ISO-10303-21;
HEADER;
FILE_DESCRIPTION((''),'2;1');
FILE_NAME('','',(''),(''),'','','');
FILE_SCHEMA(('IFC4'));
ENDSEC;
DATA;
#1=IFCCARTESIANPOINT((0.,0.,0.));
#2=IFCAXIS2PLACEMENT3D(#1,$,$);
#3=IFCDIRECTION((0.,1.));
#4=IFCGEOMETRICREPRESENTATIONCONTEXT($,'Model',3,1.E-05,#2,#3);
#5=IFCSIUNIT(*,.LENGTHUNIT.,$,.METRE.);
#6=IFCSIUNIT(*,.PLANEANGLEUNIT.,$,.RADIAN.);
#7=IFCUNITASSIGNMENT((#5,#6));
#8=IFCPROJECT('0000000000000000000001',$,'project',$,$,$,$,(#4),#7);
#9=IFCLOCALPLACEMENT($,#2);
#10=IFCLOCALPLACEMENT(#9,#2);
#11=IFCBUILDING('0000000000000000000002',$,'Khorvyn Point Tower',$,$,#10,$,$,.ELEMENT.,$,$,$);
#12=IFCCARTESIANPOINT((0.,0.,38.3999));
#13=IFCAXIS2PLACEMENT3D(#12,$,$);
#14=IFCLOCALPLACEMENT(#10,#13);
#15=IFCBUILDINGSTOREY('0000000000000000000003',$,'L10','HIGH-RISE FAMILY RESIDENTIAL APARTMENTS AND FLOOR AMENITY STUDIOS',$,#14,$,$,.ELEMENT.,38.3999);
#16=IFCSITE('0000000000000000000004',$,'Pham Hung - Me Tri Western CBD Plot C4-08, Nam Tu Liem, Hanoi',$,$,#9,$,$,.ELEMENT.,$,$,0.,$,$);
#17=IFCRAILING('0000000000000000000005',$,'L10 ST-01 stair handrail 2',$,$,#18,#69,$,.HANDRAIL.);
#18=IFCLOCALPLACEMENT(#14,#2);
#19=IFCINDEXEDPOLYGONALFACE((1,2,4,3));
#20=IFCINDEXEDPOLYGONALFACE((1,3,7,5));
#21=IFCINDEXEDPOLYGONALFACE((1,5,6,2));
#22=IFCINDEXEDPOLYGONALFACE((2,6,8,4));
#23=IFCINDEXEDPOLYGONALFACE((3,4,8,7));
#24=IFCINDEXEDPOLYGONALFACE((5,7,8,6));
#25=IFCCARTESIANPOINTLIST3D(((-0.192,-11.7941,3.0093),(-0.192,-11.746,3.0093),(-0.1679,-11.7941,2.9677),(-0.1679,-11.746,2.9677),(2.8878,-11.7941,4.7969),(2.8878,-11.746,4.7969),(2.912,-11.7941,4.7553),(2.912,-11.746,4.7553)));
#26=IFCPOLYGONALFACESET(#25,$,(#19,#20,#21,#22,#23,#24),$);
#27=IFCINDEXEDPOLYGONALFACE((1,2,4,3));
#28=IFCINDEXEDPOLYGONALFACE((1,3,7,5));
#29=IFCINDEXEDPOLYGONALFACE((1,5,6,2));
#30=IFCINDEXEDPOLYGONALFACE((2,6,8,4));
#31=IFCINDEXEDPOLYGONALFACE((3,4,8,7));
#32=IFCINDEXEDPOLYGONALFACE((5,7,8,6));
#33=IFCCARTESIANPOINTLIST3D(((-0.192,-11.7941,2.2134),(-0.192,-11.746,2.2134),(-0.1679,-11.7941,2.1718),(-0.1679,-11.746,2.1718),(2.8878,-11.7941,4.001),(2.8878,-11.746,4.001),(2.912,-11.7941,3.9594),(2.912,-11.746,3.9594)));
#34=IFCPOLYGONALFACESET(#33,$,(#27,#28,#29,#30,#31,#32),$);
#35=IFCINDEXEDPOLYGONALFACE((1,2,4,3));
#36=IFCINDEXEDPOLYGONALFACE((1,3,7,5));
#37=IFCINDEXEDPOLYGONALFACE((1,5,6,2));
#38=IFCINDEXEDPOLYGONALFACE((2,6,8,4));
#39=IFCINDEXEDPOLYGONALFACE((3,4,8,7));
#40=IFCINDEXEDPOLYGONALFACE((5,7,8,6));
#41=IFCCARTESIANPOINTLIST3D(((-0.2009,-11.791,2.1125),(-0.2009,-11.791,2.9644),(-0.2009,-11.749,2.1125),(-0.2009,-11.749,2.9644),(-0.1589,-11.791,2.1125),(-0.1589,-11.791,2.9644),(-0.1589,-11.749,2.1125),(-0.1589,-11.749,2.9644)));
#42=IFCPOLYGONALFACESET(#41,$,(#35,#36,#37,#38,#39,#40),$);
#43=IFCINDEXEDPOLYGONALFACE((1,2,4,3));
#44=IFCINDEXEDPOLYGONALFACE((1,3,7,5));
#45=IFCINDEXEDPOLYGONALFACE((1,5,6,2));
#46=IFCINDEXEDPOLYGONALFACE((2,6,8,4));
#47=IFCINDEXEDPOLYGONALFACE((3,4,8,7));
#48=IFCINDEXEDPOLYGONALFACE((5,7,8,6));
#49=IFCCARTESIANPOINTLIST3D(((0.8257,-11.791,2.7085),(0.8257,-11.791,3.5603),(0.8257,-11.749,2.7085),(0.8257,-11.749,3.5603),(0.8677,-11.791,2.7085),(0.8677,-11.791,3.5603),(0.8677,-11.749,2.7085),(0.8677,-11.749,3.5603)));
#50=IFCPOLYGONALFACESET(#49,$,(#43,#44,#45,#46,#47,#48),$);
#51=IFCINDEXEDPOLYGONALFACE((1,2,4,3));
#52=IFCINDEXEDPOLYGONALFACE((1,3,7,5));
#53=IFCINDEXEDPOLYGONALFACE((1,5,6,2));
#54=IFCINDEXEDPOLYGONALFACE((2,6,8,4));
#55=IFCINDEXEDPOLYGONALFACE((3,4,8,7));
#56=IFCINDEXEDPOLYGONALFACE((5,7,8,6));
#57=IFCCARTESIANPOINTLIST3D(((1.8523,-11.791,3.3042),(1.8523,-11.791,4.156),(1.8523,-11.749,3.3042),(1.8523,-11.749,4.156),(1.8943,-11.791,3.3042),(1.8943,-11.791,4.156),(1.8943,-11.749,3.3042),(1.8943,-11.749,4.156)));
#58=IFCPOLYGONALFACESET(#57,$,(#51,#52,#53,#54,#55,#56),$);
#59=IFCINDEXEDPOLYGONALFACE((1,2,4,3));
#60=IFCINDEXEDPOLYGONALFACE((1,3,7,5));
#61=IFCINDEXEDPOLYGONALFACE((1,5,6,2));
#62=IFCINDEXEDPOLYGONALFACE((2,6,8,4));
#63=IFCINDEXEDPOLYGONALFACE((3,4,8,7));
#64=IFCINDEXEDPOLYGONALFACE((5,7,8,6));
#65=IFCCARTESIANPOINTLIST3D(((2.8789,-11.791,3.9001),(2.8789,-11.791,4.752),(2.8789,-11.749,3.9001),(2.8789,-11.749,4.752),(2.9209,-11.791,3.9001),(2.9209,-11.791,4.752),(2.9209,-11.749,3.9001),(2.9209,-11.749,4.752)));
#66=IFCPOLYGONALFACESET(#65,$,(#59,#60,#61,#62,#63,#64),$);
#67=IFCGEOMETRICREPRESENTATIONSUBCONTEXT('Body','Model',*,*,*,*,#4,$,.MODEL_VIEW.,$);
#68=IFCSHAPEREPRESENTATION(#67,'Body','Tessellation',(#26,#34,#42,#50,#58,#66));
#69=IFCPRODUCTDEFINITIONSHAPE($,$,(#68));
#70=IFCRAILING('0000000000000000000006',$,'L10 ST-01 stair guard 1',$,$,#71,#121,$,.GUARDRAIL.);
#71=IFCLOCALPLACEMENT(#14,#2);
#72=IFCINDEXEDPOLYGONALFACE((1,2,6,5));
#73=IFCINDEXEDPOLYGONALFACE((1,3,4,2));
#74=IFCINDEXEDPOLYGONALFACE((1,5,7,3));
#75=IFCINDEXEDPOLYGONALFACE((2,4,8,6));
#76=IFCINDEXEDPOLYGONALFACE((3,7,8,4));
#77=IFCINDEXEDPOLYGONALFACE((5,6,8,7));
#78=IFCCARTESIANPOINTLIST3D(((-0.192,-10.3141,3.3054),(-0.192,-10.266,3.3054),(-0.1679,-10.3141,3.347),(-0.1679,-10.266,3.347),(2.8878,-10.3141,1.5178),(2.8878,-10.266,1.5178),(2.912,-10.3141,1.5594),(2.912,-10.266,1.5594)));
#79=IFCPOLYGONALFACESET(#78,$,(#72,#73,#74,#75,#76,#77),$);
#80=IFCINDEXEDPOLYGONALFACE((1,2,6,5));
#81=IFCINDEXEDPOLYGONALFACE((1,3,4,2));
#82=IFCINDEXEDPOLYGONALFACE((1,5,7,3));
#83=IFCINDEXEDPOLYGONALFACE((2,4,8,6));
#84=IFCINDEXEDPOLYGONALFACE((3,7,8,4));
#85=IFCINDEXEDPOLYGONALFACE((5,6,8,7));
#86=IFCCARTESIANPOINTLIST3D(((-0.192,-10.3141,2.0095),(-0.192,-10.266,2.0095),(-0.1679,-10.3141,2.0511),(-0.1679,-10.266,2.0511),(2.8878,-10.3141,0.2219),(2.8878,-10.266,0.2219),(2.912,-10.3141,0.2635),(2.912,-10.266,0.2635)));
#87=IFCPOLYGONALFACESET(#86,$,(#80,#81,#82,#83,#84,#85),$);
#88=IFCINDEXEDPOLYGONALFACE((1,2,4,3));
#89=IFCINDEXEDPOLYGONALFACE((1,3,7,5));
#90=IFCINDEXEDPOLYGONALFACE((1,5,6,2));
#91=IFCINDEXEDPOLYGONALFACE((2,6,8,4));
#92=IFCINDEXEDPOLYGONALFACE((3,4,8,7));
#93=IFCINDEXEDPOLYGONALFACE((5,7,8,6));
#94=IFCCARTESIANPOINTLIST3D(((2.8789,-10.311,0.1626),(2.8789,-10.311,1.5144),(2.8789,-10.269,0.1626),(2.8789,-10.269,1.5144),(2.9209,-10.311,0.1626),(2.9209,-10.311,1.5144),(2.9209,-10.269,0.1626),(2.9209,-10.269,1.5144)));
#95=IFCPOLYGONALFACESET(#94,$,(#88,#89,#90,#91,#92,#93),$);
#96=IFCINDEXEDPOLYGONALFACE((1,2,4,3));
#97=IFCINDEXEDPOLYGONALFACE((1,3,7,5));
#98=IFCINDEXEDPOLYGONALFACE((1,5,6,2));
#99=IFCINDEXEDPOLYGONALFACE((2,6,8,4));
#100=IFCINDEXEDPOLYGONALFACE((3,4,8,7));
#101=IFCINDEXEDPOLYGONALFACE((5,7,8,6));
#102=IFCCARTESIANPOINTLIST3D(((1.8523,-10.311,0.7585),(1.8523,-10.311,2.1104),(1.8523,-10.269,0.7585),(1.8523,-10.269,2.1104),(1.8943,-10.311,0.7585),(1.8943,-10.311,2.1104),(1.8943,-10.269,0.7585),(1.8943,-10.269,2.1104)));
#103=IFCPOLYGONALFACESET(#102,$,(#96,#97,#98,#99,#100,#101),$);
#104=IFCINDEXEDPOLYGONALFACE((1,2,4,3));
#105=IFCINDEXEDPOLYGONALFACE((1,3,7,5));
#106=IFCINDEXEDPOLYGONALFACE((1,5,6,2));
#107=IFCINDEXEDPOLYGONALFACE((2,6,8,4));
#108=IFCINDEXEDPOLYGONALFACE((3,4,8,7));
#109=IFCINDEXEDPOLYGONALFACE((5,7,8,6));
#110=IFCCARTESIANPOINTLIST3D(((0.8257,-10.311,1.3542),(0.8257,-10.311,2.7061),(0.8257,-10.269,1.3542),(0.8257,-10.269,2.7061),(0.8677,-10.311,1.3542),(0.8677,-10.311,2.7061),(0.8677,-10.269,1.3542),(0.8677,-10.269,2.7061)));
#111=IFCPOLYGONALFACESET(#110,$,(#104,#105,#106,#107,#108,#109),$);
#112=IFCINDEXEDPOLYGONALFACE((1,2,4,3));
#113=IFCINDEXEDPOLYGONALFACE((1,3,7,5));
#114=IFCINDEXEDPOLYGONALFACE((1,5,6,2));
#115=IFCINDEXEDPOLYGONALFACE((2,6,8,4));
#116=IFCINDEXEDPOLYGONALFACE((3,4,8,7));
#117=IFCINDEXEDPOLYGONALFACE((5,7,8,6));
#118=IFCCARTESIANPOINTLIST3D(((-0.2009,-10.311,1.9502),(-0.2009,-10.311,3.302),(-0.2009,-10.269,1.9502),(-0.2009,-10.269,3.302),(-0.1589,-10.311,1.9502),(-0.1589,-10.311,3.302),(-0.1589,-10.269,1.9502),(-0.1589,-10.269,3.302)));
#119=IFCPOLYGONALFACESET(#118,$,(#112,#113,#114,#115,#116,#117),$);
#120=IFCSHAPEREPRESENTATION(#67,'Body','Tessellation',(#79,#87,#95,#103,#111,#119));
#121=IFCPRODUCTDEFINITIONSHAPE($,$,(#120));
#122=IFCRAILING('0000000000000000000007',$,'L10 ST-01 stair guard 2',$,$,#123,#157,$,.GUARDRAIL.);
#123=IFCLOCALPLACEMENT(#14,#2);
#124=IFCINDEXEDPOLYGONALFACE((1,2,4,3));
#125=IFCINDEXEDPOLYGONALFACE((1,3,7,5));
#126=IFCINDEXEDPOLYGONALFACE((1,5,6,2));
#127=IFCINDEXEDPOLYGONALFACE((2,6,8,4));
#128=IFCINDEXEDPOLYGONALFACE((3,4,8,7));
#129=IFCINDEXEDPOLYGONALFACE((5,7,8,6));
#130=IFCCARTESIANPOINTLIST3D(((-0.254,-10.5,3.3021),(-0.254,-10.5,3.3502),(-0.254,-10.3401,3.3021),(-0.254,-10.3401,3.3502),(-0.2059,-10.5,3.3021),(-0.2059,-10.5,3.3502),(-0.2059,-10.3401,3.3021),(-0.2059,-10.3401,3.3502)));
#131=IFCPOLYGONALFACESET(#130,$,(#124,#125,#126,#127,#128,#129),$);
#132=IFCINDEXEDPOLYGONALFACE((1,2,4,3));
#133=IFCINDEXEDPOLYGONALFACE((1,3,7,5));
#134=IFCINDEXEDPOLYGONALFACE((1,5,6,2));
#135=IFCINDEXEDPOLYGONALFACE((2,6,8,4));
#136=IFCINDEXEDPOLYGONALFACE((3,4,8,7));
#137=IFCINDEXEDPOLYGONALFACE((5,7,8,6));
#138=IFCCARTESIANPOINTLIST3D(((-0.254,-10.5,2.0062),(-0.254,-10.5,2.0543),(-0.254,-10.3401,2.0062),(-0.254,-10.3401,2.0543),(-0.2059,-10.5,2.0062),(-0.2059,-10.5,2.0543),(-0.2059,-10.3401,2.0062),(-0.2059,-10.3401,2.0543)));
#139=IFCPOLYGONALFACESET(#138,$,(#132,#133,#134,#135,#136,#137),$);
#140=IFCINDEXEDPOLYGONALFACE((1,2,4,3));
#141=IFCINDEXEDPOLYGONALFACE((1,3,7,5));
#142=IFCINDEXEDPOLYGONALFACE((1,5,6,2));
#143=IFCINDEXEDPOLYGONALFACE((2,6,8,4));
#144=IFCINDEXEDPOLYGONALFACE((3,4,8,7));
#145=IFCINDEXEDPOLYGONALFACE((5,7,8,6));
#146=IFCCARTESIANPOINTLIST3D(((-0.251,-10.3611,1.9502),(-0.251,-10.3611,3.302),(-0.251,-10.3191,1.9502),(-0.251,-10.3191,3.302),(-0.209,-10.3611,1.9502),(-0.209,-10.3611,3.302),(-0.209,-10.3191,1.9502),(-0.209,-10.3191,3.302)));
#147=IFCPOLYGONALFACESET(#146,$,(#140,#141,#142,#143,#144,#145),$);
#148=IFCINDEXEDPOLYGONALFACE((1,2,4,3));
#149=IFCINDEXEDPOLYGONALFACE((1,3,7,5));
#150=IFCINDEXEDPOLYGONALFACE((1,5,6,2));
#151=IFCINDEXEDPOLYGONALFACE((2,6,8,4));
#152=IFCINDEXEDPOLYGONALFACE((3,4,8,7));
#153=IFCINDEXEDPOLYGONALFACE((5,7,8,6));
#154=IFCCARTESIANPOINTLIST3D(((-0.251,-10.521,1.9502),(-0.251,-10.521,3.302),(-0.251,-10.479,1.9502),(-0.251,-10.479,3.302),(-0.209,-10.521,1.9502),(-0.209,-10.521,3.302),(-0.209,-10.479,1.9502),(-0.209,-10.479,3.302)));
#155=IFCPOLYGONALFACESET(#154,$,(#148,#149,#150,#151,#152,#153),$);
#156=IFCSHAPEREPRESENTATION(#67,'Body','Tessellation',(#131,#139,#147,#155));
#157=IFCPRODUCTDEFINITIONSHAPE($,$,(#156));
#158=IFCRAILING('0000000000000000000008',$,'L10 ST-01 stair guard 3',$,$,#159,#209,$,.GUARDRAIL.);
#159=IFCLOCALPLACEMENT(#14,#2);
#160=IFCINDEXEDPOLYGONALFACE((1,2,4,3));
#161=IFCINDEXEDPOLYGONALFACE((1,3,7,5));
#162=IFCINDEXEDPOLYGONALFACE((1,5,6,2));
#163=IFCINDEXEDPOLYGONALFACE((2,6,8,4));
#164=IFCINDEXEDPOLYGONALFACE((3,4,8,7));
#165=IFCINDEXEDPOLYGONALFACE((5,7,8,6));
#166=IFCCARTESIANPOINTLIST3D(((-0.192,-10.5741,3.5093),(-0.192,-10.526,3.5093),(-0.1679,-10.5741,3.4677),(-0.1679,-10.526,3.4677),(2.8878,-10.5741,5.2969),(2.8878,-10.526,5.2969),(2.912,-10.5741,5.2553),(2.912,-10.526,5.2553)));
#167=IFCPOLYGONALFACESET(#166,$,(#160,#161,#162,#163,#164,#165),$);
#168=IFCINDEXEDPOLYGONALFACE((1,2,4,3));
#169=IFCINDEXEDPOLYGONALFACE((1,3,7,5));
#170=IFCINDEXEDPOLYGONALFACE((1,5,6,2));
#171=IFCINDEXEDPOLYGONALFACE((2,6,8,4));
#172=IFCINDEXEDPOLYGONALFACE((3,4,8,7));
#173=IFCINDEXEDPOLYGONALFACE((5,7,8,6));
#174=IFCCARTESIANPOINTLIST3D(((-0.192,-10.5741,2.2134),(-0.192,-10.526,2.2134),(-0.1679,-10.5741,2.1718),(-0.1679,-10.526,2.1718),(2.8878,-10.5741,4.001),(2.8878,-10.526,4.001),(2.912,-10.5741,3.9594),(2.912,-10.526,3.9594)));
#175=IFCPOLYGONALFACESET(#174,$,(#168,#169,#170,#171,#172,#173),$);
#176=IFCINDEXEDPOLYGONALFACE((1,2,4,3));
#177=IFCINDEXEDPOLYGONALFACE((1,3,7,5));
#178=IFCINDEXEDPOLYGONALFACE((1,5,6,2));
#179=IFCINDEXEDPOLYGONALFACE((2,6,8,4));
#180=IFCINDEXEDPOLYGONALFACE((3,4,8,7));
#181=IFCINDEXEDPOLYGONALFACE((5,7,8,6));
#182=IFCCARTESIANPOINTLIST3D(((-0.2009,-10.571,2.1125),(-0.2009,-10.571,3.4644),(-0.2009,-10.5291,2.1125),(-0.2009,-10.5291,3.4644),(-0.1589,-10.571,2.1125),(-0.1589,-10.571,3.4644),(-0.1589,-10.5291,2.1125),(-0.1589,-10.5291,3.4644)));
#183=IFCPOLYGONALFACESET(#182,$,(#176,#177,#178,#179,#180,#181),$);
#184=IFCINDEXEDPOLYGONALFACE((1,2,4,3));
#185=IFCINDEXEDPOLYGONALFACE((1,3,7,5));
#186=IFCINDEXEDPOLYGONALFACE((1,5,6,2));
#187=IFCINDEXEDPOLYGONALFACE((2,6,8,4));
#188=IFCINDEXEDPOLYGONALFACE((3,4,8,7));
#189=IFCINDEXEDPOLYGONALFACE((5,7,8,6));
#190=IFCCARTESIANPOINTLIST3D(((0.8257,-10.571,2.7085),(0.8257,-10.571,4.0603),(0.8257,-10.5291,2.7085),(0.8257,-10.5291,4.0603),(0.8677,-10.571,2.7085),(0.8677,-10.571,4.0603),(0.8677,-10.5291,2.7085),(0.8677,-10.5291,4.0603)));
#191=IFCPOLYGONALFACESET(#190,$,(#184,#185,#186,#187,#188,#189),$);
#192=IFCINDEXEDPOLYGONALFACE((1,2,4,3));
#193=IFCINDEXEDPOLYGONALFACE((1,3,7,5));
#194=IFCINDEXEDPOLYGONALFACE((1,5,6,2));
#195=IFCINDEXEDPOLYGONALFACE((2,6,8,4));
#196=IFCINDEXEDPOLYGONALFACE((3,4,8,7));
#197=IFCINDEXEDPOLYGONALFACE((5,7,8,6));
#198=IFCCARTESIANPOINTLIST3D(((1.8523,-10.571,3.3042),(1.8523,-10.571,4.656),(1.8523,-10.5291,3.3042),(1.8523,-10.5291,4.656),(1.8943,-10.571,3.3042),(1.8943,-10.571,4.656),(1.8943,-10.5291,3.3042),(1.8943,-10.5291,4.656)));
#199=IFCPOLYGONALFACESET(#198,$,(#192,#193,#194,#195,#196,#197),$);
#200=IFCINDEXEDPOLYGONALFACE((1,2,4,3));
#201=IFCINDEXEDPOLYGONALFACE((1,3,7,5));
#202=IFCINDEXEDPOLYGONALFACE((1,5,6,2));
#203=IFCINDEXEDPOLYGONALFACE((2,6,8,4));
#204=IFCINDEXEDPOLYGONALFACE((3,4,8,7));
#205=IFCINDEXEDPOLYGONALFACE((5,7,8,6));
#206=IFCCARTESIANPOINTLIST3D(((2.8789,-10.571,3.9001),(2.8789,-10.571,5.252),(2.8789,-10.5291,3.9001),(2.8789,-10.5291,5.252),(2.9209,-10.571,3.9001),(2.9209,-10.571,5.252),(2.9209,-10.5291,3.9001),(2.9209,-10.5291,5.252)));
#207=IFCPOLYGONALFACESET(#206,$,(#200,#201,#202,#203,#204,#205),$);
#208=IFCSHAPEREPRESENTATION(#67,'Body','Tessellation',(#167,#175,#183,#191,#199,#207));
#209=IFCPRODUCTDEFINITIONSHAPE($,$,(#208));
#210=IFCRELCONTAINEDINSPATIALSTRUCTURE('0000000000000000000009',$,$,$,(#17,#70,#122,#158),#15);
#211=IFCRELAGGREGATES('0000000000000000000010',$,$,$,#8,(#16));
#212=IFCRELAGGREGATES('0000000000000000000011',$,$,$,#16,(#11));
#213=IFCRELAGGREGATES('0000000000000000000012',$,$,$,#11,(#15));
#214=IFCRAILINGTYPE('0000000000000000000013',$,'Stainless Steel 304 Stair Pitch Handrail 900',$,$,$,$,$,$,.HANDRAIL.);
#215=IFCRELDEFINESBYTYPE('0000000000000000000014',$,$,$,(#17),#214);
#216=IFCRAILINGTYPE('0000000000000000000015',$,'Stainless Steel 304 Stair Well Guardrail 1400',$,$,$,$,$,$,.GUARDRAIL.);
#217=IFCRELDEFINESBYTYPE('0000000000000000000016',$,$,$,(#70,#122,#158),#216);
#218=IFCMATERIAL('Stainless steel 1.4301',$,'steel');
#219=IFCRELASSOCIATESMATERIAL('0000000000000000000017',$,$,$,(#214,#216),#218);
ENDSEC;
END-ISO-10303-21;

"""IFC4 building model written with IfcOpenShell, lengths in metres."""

from ifc_helpers import new_model, si_unit, direction, frame, origin, origin_2d, place, context, subcontext, project, spatial, rectangle, extrude, material, type_object, element, save


model = new_model("IFC4")

# Units and contexts
model_context = context("Model", 3, precision=1e-05, world=origin(), true_north=direction((0.0, 1.0)))
body_context = subcontext(model_context, "Body", "Model", "MODEL_VIEW")
ifc_project = project(units=[si_unit("LENGTHUNIT", "METRE"), si_unit("PLANEANGLEUNIT", "RADIAN")], contexts=[model_context])

# Site, building, storey
site_placement = place(None, origin())
site = spatial("IfcSite", under=ifc_project, at=site_placement, Name="Pham Hung - Me Tri Western CBD Plot C4-08, Nam Tu Liem, Hanoi", CompositionType="ELEMENT", RefElevation=0.0)
building_placement = place(site_placement, origin())
building = spatial("IfcBuilding", under=site, at=building_placement, Name="Khorvyn Point Tower", CompositionType="ELEMENT")
storey_placement = place(building_placement, frame((0.0, 0.0, 38.3999)))
storey = spatial("IfcBuildingStorey", under=building, at=storey_placement, Name="L10", Description="HIGH-RISE FAMILY RESIDENTIAL APARTMENTS AND FLOOR AMENITY STUDIOS", CompositionType="ELEMENT", Elevation=38.3999)

# Shared definitions
ifc_material_1 = material(Name="Stainless steel 1.4301", Category="steel")

# Railings
railing_type_1 = type_object("IfcRailingType", Name="Stainless Steel 304 Stair Pitch Handrail 900", PredefinedType="HANDRAIL", material=ifc_material_1)
railing_1_placement = place(storey_placement, frame((-0.1799, -11.77, 2.1125)))
element("IfcRailing", 1, at=railing_1_placement, inside=storey, type_object=railing_type_1, Name="L10 ST-01 stair handrail 2", PredefinedType="HANDRAIL", context=body_context, shape_type="SweptSolid", body=[
    extrude(rectangle(XDim=0.0481, YDim=0.0481, at=origin_2d()), frame((0.0, 0.0, 0.876), z_axis=(0.864873, 0.0, 0.50199), x_axis=(0.0, 1.0, 0.0)), (0.0, 0.0, 1.0), 3.561),
    extrude(rectangle(XDim=0.0481, YDim=0.0481, at=origin_2d()), frame((0.0, 0.0, 0.0801), z_axis=(0.864873, 0.0, 0.50199), x_axis=(0.0, 1.0, 0.0)), (0.0, 0.0, 1.0), 3.561),
    extrude(rectangle(XDim=0.042, YDim=0.042, at=origin_2d()), origin(), (0.0, 0.0, 1.0), 0.8518),
    extrude(rectangle(XDim=0.042, YDim=0.042, at=origin_2d()), frame((1.0266, 0.0, 0.5959)), (0.0, 0.0, 1.0), 0.8518),
    extrude(rectangle(XDim=0.042, YDim=0.042, at=origin_2d()), frame((2.0532, 0.0, 1.1917)), (0.0, 0.0, 1.0), 0.8518),
    extrude(rectangle(XDim=0.042, YDim=0.042, at=origin_2d()), frame((3.0798, 0.0, 1.7876)), (0.0, 0.0, 1.0), 0.8518),
])
railing_type_2 = type_object("IfcRailingType", Name="Stainless Steel 304 Stair Well Guardrail 1400", PredefinedType="GUARDRAIL", material=ifc_material_1)
railing_2_placement = place(storey_placement, frame((2.8999, -10.29, 0.1626)))
element("IfcRailing", 2, at=railing_2_placement, inside=storey, type_object=railing_type_2, Name="L10 ST-01 stair guard 1", PredefinedType="GUARDRAIL", context=body_context, shape_type="SweptSolid", body=[
    extrude(rectangle(XDim=0.0481, YDim=0.0481, at=origin_2d()), frame((0.0, 0.0, 1.376), z_axis=(-0.864873, 0.0, 0.50199), x_axis=(0.0, -1.0, 0.0)), (0.0, 0.0, 1.0), 3.561),
    extrude(rectangle(XDim=0.0481, YDim=0.0481, at=origin_2d()), frame((0.0, 0.0, 0.0801), z_axis=(-0.864873, 0.0, 0.50199), x_axis=(0.0, -1.0, 0.0)), (0.0, 0.0, 1.0), 3.561),
    extrude(rectangle(XDim=0.042, YDim=0.042, at=origin_2d()), origin(), (0.0, 0.0, 1.0), 1.3518),
    extrude(rectangle(XDim=0.042, YDim=0.042, at=origin_2d()), frame((-1.0266, 0.0, 0.5959)), (0.0, 0.0, 1.0), 1.3518),
    extrude(rectangle(XDim=0.042, YDim=0.042, at=origin_2d()), frame((-2.0532, 0.0, 1.1917)), (0.0, 0.0, 1.0), 1.3518),
    extrude(rectangle(XDim=0.042, YDim=0.042, at=origin_2d()), frame((-3.0798, 0.0, 1.7876)), (0.0, 0.0, 1.0), 1.3518),
])
railing_3_placement = place(storey_placement, frame((-0.23, -10.3401, 1.9502)))
element("IfcRailing", 3, at=railing_3_placement, inside=storey, type_object=railing_type_2, Name="L10 ST-01 stair guard 2", PredefinedType="GUARDRAIL", context=body_context, shape_type="SweptSolid", body=[
    extrude(rectangle(XDim=0.0481, YDim=0.0481, at=origin_2d()), frame((0.0, 0.0, 1.376), z_axis=(0.0, -1.0, 0.0), x_axis=(1.0, 0.0, 0.0)), (0.0, 0.0, 1.0), 0.1599),
    extrude(rectangle(XDim=0.0481, YDim=0.0481, at=origin_2d()), frame((0.0, 0.0, 0.0801), z_axis=(0.0, -1.0, 0.0), x_axis=(1.0, 0.0, 0.0)), (0.0, 0.0, 1.0), 0.1599),
    extrude(rectangle(XDim=0.042, YDim=0.042, at=origin_2d()), origin(), (0.0, 0.0, 1.0), 1.3518),
    extrude(rectangle(XDim=0.042, YDim=0.042, at=origin_2d()), frame((0.0, -0.1599, 0.0)), (0.0, 0.0, 1.0), 1.3518),
])
railing_4_placement = place(storey_placement, frame((-0.1799, -10.55, 2.1125)))
element("IfcRailing", 4, at=railing_4_placement, inside=storey, type_object=railing_type_2, Name="L10 ST-01 stair guard 3", PredefinedType="GUARDRAIL", context=body_context, shape_type="SweptSolid", body=[
    extrude(rectangle(XDim=0.0481, YDim=0.0481, at=origin_2d()), frame((0.0, 0.0, 1.376), z_axis=(0.864873, 0.0, 0.50199), x_axis=(0.0, 1.0, 0.0)), (0.0, 0.0, 1.0), 3.561),
    extrude(rectangle(XDim=0.0481, YDim=0.0481, at=origin_2d()), frame((0.0, 0.0, 0.0801), z_axis=(0.864873, 0.0, 0.50199), x_axis=(0.0, 1.0, 0.0)), (0.0, 0.0, 1.0), 3.561),
    extrude(rectangle(XDim=0.042, YDim=0.042, at=origin_2d()), origin(), (0.0, 0.0, 1.0), 1.3518),
    extrude(rectangle(XDim=0.042, YDim=0.042, at=origin_2d()), frame((1.0266, 0.0, 0.5959)), (0.0, 0.0, 1.0), 1.3518),
    extrude(rectangle(XDim=0.042, YDim=0.042, at=origin_2d()), frame((2.0532, 0.0, 1.1917)), (0.0, 0.0, 1.0), 1.3518),
    extrude(rectangle(XDim=0.042, YDim=0.042, at=origin_2d()), frame((3.0798, 0.0, 1.7876)), (0.0, 0.0, 1.0), 1.3518),
])

save(model, "model.ifc")
